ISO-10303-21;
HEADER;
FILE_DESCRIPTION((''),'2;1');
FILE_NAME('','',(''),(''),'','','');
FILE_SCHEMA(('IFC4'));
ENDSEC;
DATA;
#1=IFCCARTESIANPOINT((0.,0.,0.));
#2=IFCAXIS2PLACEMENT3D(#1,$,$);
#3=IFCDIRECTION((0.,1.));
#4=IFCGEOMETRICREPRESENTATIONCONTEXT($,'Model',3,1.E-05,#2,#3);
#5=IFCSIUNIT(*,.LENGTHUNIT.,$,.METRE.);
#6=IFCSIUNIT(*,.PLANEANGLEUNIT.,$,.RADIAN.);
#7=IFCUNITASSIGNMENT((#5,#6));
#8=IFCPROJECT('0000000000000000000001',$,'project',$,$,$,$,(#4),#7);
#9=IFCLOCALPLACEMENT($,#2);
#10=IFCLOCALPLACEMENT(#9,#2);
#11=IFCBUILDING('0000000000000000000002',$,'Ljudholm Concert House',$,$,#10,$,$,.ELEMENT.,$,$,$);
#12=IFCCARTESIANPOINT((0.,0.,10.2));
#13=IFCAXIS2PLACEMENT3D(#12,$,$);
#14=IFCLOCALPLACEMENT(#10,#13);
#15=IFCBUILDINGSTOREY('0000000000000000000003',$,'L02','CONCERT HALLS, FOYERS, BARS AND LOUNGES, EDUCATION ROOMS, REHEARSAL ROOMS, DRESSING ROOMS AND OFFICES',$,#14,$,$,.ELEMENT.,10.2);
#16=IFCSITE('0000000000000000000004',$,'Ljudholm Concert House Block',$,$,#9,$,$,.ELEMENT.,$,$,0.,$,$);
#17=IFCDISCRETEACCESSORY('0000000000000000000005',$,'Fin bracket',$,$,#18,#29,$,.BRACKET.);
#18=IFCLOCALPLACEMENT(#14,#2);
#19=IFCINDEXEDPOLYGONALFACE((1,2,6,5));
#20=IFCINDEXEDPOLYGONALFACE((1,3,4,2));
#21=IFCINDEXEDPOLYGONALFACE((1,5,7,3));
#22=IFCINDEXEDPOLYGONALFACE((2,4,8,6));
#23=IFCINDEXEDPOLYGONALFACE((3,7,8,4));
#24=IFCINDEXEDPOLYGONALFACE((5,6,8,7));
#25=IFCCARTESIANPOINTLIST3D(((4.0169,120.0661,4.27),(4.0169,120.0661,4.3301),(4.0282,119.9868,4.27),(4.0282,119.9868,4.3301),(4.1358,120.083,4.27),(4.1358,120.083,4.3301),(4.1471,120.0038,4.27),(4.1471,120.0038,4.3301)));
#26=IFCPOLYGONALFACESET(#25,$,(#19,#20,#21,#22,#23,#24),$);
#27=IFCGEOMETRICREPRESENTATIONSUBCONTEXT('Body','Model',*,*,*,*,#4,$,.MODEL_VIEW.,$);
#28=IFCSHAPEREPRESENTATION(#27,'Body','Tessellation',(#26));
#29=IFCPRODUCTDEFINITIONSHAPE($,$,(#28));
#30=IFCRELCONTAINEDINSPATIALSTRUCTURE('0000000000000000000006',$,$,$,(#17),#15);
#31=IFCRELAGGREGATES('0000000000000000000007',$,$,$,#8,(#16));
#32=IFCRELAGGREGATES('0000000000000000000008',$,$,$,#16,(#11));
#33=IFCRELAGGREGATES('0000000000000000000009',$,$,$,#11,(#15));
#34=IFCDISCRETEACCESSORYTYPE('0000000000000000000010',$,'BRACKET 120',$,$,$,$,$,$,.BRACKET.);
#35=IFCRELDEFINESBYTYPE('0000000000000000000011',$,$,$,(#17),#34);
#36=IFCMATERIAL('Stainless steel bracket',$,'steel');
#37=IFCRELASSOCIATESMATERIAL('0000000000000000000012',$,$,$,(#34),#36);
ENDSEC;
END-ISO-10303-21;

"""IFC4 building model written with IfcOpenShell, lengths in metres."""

from ifc_helpers import new_model, si_unit, direction, frame, origin, origin_2d, place, context, subcontext, project, spatial, rectangle, extrude, material, type_object, element, save


model = new_model("IFC4")

# Units and contexts
model_context = context("Model", 3, precision=1e-05, world=origin(), true_north=direction((0.0, 1.0)))
body_context = subcontext(model_context, "Body", "Model", "MODEL_VIEW")
ifc_project = project(units=[si_unit("LENGTHUNIT", "METRE"), si_unit("PLANEANGLEUNIT", "RADIAN")], contexts=[model_context])

# Site, building, storey
site_placement = place(None, origin())
site = spatial("IfcSite", under=ifc_project, at=site_placement, Name="Ljudholm Concert House Block", CompositionType="ELEMENT", RefElevation=0.0)
building_placement = place(site_placement, origin())
building = spatial("IfcBuilding", under=site, at=building_placement, Name="Ljudholm Concert House", CompositionType="ELEMENT")
storey_placement = place(building_placement, frame((0.0, 0.0, 10.2)))
storey = spatial("IfcBuildingStorey", under=building, at=storey_placement, Name="L02", Description="CONCERT HALLS, FOYERS, BARS AND LOUNGES, EDUCATION ROOMS, REHEARSAL ROOMS, DRESSING ROOMS AND OFFICES", CompositionType="ELEMENT", Elevation=10.2)

# Discrete accessory
ifc_material_1 = material(Name="Stainless steel bracket", Category="steel")
discrete_accessory_type = type_object("IfcDiscreteAccessoryType", Name="BRACKET 120", PredefinedType="BRACKET", material=ifc_material_1)
for number, where, z_axis, x_axis, name in (
    (1, (4.082, 120.0349, 4.27), (0.0, 0.0, 1.0), (-0.989949, -0.141421, 0.0), "Fin bracket"),
):
    element("IfcDiscreteAccessory", number, at=place(storey_placement, frame(where, z_axis=z_axis, x_axis=x_axis)), inside=storey, type_object=discrete_accessory_type, Name=name, PredefinedType="BRACKET", context=body_context, shape_type="SweptSolid", body=[
        extrude(rectangle(XDim=0.1201, YDim=0.0801, at=origin_2d()), origin(), (0.0, 0.0, 1.0), 0.0601),
    ])

save(model, "model.ifc")
